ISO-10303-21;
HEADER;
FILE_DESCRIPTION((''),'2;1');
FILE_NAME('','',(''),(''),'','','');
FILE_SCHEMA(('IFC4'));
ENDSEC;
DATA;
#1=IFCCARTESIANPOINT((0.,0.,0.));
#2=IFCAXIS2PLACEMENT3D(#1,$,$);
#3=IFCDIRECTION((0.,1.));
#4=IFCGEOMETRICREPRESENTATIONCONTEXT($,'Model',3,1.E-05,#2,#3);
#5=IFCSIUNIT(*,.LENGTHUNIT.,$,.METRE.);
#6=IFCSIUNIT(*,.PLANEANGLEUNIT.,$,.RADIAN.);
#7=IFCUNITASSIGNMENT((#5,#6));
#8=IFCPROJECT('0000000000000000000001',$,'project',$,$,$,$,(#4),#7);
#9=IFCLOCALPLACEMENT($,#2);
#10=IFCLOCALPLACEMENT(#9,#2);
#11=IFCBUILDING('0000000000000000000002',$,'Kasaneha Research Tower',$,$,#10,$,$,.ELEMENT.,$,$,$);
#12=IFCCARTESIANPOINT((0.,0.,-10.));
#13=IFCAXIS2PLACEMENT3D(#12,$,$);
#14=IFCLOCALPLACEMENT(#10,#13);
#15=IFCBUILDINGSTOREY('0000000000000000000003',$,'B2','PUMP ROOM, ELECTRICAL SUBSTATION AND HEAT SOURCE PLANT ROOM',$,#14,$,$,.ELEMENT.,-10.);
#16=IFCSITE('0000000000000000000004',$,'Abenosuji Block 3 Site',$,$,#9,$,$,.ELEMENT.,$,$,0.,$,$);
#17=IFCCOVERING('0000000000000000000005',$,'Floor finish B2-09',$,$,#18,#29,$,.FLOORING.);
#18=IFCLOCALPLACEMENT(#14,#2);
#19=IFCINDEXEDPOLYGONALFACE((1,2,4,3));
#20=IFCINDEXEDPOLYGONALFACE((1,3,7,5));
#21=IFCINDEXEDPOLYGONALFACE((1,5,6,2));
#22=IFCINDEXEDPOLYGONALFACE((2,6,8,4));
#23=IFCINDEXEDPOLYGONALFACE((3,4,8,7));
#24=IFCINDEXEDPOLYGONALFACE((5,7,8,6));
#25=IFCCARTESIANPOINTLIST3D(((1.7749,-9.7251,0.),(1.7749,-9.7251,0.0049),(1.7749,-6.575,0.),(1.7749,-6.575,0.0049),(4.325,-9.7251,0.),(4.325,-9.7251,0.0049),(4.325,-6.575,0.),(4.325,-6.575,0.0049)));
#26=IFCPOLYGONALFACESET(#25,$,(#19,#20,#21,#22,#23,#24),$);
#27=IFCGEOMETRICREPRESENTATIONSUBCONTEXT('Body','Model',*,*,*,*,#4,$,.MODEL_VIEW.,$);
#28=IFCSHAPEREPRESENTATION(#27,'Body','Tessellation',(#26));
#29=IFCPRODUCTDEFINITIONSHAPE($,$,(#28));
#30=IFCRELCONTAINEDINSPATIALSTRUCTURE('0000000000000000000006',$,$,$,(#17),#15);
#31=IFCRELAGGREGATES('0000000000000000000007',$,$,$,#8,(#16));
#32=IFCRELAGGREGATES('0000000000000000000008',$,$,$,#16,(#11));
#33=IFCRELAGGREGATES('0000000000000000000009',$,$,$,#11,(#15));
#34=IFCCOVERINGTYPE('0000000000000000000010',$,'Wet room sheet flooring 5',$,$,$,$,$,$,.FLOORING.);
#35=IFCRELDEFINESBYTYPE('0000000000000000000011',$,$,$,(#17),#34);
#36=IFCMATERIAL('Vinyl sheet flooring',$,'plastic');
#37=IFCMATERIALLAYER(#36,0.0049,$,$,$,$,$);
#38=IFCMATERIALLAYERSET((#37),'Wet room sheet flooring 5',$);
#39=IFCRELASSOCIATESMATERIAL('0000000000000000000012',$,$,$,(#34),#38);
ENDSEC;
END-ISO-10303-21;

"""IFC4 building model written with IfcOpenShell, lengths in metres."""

from ifc_helpers import new_model, si_unit, direction, frame, origin, place, context, subcontext, project, spatial, polyline, outline, extrude, material, layer, layer_set, type_object, element, save


model = new_model("IFC4")

# Units and contexts
model_context = context("Model", 3, precision=1e-05, world=origin(), true_north=direction((0.0, 1.0)))
body_context = subcontext(model_context, "Body", "Model", "MODEL_VIEW")
ifc_project = project(units=[si_unit("LENGTHUNIT", "METRE"), si_unit("PLANEANGLEUNIT", "RADIAN")], contexts=[model_context])

# Site, building, storey
site_placement = place(None, origin())
site = spatial("IfcSite", under=ifc_project, at=site_placement, Name="Abenosuji Block 3 Site", CompositionType="ELEMENT", RefElevation=0.0)
building_placement = place(site_placement, origin())
building = spatial("IfcBuilding", under=site, at=building_placement, Name="Kasaneha Research Tower", CompositionType="ELEMENT")
storey_placement = place(building_placement, frame((0.0, 0.0, -10.0)))
storey = spatial("IfcBuildingStorey", under=building, at=storey_placement, Name="B2", Description="PUMP ROOM, ELECTRICAL SUBSTATION AND HEAT SOURCE PLANT ROOM", CompositionType="ELEMENT", Elevation=-10.0)

# Covering
ifc_material_1 = material(Name="Vinyl sheet flooring", Category="plastic")
ifc_layer_1 = layer(ifc_material_1, 0.0049)
ifc_layer_set_1 = layer_set([ifc_layer_1], Name="Wet room sheet flooring 5")
covering_type = type_object("IfcCoveringType", Name="Wet room sheet flooring 5", PredefinedType="FLOORING", material=ifc_layer_set_1)
covering_1_placement = place(storey_placement, origin())
element("IfcCovering", 1, at=covering_1_placement, inside=storey, type_object=covering_type, Name="Floor finish B2-09", PredefinedType="FLOORING", context=body_context, shape_type="SweptSolid", body=[
    extrude(outline(polyline([(1.7749, -9.7251), (1.7749, -6.575), (4.325, -6.575), (4.325, -9.7251), (1.7749, -9.7251)])), origin(), (0.0, 0.0, 1.0), 0.0049),
])

save(model, "model.ifc")
